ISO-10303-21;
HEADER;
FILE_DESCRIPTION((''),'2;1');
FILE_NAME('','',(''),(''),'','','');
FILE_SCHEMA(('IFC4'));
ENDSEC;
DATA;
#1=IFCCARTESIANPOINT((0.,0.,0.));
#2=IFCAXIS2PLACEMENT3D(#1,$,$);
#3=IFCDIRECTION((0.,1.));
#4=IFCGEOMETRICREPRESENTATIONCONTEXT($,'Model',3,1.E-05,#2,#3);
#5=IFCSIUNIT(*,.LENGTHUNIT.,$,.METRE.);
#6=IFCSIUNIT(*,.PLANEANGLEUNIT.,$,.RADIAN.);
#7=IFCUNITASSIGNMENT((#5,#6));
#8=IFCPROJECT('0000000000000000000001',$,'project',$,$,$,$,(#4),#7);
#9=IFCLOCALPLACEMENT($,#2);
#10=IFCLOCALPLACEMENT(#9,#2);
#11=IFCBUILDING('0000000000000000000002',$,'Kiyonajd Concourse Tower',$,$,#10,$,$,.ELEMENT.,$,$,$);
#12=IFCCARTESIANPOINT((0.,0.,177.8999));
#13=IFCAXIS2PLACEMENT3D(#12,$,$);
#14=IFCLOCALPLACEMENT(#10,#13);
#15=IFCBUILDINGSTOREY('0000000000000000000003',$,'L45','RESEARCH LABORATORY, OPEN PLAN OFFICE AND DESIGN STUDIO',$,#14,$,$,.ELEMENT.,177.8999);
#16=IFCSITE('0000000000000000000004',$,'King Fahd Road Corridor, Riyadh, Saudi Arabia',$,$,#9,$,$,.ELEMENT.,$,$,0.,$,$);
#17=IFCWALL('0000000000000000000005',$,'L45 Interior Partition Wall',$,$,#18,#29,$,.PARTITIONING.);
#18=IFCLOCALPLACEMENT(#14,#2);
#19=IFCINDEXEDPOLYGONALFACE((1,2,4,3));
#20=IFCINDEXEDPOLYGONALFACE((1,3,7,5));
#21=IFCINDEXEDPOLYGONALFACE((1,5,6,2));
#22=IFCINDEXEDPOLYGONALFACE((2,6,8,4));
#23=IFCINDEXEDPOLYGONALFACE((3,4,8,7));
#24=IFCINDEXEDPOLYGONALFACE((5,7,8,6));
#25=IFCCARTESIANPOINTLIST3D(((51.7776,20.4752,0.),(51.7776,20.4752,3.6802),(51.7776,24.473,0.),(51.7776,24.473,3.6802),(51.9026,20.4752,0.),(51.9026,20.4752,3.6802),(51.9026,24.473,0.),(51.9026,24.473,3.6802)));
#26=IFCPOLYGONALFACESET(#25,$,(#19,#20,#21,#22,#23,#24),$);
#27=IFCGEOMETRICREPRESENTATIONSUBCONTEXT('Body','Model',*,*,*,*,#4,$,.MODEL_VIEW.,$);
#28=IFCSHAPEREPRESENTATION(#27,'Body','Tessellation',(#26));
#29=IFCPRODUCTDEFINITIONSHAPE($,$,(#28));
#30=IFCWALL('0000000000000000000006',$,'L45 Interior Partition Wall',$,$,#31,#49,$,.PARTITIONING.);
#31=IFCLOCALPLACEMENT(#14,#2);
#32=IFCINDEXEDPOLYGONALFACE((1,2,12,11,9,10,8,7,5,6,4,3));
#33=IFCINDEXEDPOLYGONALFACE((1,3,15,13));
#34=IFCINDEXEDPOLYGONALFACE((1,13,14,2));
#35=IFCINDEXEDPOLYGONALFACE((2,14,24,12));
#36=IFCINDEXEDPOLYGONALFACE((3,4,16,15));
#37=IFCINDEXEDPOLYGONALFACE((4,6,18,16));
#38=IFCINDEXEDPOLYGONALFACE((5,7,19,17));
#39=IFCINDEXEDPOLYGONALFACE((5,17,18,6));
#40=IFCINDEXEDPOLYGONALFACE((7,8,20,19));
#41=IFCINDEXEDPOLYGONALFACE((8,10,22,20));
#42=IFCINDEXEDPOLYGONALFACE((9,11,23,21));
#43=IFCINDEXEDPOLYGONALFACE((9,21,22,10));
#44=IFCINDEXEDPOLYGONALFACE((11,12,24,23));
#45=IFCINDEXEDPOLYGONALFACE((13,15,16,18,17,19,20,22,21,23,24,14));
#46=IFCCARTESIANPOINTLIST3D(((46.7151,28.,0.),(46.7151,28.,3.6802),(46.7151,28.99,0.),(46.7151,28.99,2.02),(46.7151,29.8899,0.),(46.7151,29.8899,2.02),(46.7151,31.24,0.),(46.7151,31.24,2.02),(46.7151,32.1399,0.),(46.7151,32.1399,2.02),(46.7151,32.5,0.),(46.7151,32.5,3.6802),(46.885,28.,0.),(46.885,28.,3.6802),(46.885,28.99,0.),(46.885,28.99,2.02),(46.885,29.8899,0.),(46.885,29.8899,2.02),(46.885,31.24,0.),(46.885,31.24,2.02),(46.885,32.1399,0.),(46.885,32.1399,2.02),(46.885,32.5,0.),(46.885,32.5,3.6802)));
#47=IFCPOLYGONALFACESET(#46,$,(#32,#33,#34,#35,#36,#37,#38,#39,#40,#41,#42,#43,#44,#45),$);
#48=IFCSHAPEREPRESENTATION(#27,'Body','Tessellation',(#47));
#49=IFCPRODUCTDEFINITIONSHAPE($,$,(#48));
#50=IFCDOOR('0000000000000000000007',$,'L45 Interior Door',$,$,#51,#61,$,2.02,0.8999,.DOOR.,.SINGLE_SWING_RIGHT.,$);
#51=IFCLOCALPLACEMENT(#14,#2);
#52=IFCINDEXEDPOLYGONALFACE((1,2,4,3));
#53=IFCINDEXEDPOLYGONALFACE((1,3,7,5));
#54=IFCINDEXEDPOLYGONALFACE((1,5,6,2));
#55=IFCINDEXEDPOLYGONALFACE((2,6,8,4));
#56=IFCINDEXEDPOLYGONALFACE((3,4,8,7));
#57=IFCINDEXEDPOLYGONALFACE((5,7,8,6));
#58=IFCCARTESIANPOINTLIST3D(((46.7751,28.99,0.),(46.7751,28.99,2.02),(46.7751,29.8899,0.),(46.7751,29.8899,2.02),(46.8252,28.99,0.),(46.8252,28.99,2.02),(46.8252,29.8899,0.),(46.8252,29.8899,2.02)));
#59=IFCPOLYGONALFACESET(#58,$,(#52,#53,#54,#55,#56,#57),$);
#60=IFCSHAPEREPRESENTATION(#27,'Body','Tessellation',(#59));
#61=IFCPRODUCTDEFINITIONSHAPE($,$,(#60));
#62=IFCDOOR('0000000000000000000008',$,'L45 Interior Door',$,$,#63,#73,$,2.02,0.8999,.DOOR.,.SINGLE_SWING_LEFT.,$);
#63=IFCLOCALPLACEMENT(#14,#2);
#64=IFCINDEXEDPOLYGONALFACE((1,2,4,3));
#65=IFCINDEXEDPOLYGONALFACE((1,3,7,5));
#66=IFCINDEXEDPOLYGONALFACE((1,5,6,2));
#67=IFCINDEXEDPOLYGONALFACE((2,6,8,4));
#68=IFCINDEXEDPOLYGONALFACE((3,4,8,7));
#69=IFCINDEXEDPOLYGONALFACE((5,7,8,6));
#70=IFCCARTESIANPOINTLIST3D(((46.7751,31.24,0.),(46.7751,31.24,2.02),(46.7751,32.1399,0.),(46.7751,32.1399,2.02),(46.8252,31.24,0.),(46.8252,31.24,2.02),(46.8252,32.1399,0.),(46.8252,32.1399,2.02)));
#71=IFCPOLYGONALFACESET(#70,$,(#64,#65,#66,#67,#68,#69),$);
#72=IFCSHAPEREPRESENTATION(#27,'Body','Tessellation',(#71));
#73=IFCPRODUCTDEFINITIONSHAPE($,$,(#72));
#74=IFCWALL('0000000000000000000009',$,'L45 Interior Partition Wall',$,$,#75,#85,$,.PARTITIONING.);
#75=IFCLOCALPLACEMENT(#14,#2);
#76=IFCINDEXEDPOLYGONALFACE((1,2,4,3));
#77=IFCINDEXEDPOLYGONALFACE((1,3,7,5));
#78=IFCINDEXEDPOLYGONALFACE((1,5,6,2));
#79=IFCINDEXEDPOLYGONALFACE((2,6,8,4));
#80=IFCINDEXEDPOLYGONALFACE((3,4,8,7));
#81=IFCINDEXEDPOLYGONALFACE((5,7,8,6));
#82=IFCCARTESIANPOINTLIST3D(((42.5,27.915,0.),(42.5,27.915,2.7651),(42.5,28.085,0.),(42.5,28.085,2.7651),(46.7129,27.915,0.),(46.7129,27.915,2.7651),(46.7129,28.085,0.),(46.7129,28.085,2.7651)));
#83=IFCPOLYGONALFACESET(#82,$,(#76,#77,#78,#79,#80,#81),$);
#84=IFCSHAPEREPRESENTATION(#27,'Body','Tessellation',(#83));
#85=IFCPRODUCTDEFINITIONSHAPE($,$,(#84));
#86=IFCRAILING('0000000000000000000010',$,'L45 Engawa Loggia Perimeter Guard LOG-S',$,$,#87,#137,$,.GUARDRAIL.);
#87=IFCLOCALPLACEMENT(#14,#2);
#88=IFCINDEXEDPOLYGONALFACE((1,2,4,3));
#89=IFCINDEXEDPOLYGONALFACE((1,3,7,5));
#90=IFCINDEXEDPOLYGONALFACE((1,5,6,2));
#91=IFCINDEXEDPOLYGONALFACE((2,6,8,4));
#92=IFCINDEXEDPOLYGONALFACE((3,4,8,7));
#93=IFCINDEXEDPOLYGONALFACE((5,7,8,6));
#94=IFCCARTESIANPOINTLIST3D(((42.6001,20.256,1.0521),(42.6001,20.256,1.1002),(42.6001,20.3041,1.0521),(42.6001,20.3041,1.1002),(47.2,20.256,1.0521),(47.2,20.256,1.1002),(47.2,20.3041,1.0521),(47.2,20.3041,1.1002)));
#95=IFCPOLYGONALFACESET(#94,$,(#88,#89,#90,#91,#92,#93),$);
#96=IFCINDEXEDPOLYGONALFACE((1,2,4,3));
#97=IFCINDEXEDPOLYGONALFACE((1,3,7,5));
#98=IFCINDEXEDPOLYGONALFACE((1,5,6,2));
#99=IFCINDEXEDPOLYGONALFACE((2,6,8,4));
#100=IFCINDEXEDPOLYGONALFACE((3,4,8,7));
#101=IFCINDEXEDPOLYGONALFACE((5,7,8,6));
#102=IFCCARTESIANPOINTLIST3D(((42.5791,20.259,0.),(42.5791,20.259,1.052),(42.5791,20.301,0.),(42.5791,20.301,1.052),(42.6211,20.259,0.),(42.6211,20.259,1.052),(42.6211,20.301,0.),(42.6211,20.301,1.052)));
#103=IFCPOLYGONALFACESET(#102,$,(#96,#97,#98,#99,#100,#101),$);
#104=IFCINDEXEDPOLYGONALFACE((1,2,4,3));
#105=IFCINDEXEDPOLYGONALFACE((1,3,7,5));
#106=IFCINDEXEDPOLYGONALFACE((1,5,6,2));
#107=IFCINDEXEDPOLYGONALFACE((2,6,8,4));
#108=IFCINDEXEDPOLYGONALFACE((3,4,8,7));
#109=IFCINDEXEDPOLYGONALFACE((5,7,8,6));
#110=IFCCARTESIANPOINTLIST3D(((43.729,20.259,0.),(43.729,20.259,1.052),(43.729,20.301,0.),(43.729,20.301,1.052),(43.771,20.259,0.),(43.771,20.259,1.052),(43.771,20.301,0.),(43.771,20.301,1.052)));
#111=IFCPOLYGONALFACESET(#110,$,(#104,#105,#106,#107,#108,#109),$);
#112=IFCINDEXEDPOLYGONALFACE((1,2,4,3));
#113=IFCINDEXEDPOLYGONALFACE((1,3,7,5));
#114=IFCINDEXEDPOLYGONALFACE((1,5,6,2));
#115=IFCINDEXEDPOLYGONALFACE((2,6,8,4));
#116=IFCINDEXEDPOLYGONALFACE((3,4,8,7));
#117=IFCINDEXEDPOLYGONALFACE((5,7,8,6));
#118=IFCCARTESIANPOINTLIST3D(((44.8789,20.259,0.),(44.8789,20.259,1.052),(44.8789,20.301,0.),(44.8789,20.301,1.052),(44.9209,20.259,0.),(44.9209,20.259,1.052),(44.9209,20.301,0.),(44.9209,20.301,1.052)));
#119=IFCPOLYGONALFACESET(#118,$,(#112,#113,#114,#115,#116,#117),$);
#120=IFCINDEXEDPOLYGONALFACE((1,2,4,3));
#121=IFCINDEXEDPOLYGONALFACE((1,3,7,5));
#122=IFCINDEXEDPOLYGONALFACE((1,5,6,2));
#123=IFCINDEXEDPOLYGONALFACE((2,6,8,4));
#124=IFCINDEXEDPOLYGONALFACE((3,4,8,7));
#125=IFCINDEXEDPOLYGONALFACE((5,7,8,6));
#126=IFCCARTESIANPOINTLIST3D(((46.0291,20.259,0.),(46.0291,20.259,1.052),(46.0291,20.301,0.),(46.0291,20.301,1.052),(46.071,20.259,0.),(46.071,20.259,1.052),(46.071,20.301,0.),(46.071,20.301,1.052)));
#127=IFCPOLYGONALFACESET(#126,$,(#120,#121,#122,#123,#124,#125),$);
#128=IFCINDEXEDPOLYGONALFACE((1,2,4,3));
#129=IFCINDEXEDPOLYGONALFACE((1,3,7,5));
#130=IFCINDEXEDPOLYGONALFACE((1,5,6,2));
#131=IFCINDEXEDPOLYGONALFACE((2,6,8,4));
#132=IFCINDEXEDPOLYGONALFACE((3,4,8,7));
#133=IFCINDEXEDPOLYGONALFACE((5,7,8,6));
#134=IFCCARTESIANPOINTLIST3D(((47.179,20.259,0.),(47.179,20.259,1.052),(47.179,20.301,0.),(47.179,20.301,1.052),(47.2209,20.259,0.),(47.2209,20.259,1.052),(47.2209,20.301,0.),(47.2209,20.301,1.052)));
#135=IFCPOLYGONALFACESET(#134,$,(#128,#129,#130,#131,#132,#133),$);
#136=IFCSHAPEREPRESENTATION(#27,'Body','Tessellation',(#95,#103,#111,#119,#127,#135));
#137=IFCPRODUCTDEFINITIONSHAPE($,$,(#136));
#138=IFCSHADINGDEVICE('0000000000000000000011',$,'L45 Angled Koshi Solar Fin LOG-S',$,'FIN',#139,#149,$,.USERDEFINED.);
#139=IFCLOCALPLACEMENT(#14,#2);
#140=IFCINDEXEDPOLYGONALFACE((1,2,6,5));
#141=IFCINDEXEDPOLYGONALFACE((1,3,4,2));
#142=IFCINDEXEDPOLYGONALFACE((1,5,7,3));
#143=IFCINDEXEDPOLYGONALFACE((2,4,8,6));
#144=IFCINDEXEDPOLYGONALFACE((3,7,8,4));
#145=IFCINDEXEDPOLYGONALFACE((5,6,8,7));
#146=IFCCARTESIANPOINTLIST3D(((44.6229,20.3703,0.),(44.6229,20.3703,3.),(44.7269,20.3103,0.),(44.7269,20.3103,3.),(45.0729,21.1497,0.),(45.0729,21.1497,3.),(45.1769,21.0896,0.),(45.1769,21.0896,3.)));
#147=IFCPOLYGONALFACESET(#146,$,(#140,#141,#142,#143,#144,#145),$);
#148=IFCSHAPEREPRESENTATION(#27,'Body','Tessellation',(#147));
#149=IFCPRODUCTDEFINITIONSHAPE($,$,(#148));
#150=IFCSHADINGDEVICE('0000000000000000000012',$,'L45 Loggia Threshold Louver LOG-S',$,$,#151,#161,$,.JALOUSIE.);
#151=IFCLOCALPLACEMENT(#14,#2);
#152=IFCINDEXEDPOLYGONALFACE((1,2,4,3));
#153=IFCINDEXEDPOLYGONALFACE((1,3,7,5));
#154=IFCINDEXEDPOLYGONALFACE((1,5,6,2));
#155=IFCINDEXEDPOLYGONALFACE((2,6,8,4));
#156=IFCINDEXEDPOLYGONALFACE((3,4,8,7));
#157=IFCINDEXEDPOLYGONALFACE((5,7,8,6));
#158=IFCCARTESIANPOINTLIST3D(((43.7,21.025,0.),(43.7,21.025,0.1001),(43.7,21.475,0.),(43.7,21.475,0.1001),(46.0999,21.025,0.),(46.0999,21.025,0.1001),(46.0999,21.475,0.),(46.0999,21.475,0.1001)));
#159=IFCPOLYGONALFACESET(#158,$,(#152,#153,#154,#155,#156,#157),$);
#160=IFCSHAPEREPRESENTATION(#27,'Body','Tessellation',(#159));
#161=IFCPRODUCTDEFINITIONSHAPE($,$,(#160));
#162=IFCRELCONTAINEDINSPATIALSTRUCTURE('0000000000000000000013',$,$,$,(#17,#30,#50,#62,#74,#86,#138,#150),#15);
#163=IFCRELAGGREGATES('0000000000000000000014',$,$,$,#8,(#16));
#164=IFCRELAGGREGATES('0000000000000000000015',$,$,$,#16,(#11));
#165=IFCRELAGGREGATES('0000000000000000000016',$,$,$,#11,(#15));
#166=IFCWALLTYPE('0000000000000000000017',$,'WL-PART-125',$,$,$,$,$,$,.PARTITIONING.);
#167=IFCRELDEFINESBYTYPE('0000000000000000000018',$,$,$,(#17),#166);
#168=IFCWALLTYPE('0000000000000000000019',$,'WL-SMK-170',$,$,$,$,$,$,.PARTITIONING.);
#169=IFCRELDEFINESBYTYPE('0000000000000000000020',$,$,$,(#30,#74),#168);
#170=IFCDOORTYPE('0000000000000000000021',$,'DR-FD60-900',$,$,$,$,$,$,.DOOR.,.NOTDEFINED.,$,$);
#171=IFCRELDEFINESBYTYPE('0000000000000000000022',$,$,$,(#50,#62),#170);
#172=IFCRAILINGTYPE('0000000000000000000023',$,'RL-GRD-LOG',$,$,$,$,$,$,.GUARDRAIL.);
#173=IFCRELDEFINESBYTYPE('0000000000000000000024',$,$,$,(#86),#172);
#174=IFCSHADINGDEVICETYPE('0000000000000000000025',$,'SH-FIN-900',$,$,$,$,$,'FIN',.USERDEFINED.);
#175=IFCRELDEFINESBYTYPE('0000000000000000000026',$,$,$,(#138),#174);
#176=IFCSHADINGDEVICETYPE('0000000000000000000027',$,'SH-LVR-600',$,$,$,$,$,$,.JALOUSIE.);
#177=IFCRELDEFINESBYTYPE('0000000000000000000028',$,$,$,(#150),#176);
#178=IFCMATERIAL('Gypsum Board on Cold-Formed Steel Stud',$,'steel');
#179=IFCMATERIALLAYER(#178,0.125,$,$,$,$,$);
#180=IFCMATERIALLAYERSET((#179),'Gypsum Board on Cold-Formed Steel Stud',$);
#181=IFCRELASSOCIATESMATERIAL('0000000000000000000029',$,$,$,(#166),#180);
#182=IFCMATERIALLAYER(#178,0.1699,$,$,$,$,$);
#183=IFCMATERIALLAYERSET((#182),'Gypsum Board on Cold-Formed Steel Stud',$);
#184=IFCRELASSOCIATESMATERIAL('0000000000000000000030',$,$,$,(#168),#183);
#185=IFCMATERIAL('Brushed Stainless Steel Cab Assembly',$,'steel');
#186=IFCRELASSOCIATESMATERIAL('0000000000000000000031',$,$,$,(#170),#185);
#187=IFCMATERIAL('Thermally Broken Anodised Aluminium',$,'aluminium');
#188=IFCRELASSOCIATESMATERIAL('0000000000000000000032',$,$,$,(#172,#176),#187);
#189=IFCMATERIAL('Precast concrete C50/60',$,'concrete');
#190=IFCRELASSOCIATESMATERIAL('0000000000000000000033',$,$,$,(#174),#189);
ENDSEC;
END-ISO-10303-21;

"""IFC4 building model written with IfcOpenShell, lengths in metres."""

from ifc_helpers import new_model, si_unit, direction, frame, frame_2d, origin, origin_2d, place, context, subcontext, project, spatial, rectangle, extrude, material, layer, layer_set, type_object, element, fill, save


model = new_model("IFC4")

# Units and contexts
model_context = context("Model", 3, precision=1e-05, world=origin(), true_north=direction((0.0, 1.0)))
body_context = subcontext(model_context, "Body", "Model", "MODEL_VIEW")
ifc_project = project(units=[si_unit("LENGTHUNIT", "METRE"), si_unit("PLANEANGLEUNIT", "RADIAN")], contexts=[model_context])

# Site, building, storey
site_placement = place(None, origin())
site = spatial("IfcSite", under=ifc_project, at=site_placement, Name="King Fahd Road Corridor, Riyadh, Saudi Arabia", CompositionType="ELEMENT", RefElevation=0.0)
building_placement = place(site_placement, origin())
building = spatial("IfcBuilding", under=site, at=building_placement, Name="Kiyonajd Concourse Tower", CompositionType="ELEMENT")
storey_placement = place(building_placement, frame((0.0, 0.0, 177.8999)))
storey = spatial("IfcBuildingStorey", under=building, at=storey_placement, Name="L45", Description="RESEARCH LABORATORY, OPEN PLAN OFFICE AND DESIGN STUDIO", CompositionType="ELEMENT", Elevation=177.8999)

# Shared definitions
ifc_material_1 = material(Name="Thermally Broken Anodised Aluminium", Category="aluminium")

# Shared definitions
ifc_material_2 = material(Name="Precast concrete C50/60", Category="concrete")

# Shared definitions
ifc_material_3 = material(Name="Gypsum Board on Cold-Formed Steel Stud", Category="steel")
ifc_layer_1 = layer(ifc_material_3, 0.125)
ifc_layer_set_1 = layer_set([ifc_layer_1], Name="Gypsum Board on Cold-Formed Steel Stud")
wall_type_1 = type_object("IfcWallType", Name="WL-PART-125", PredefinedType="PARTITIONING", material=ifc_layer_set_1)

# Wall
wall_1_placement = place(storey_placement, frame((51.8401, 20.4751, 0.0), z_axis=(0.0, 0.0, 1.0), x_axis=(0.0, 1.0, 0.0)))
element("IfcWall", 1, at=wall_1_placement, inside=storey, type_object=wall_type_1, Name="L45 Interior Partition Wall", PredefinedType="PARTITIONING", context=body_context, shape_type="SweptSolid", body=[
    extrude(rectangle(XDim=3.9978, YDim=0.125, at=frame_2d((1.999, 0.0))), origin(), (0.0, 0.0, 1.0), 3.6802),
])

# Wall, openings, doors
ifc_layer_2 = layer(ifc_material_3, 0.1699)
ifc_layer_set_2 = layer_set([ifc_layer_2], Name="Gypsum Board on Cold-Formed Steel Stud")
wall_type_2 = type_object("IfcWallType", Name="WL-SMK-170", PredefinedType="PARTITIONING", material=ifc_layer_set_2)
wall_2_placement = place(storey_placement, frame((46.8, 28.0, 0.0), z_axis=(0.0, 0.0, 1.0), x_axis=(0.0, 1.0, 0.0)))
wall_2 = element("IfcWall", 2, at=wall_2_placement, inside=storey, type_object=wall_type_2, Name="L45 Interior Partition Wall", PredefinedType="PARTITIONING", context=body_context, shape_type="SweptSolid", body=[
    extrude(rectangle(XDim=4.5, YDim=0.1699, at=frame_2d((2.25, 0.0))), origin(), (0.0, 0.0, 1.0), 3.6802),
])
opening_1_placement = place(wall_2_placement, frame((0.99, 0.0, 0.0)))
opening_1 = element("IfcOpeningElement", 3, at=opening_1_placement, cuts=wall_2, PredefinedType="OPENING", context=body_context, shape_type="SweptSolid", body=[
    extrude(rectangle(XDim=0.8999, YDim=2.02, at=frame_2d((0.45, 1.01))), frame((0.0, 0.095, 0.0), z_axis=(0.0, -1.0, 0.0), x_axis=(1.0, 0.0, 0.0)), (0.0, 0.0, 1.0), 0.1899),
])
opening_2_placement = place(wall_2_placement, frame((3.24, 0.0, 0.0)))
opening_2 = element("IfcOpeningElement", 4, at=opening_2_placement, cuts=wall_2, PredefinedType="OPENING", context=body_context, shape_type="SweptSolid", body=[
    extrude(rectangle(XDim=0.8999, YDim=2.02, at=frame_2d((0.45, 1.01))), frame((0.0, 0.095, 0.0), z_axis=(0.0, -1.0, 0.0), x_axis=(1.0, 0.0, 0.0)), (0.0, 0.0, 1.0), 0.1899),
])
ifc_material_4 = material(Name="Brushed Stainless Steel Cab Assembly", Category="steel")
door_type_1 = type_object("IfcDoorType", Name="DR-FD60-900", OperationType="NOTDEFINED", PredefinedType="DOOR", material=ifc_material_4)
door_1_placement = place(opening_1_placement, origin())
door_1 = element("IfcDoor", 5, at=door_1_placement, inside=storey, type_object=door_type_1, Name="L45 Interior Door", OperationType="SINGLE_SWING_RIGHT", OverallHeight=2.02, OverallWidth=0.8999, PredefinedType="DOOR", context=body_context, shape_type="SweptSolid", body=[
    extrude(rectangle(XDim=0.8999, YDim=2.02, at=frame_2d((0.45, 1.01))), frame((0.0, 0.0249, 0.0), z_axis=(0.0, -1.0, 0.0), x_axis=(1.0, 0.0, 0.0)), (0.0, 0.0, 1.0), 0.05),
])
fill(opening_1, door_1)
door_2_placement = place(opening_2_placement, origin())
door_2 = element("IfcDoor", 6, at=door_2_placement, inside=storey, type_object=door_type_1, Name="L45 Interior Door", OperationType="SINGLE_SWING_LEFT", OverallHeight=2.02, OverallWidth=0.8999, PredefinedType="DOOR", context=body_context, shape_type="SweptSolid", body=[
    extrude(rectangle(XDim=0.8999, YDim=2.02, at=frame_2d((0.45, 1.01))), frame((0.0, 0.0249, 0.0), z_axis=(0.0, -1.0, 0.0), x_axis=(1.0, 0.0, 0.0)), (0.0, 0.0, 1.0), 0.05),
])
fill(opening_2, door_2)

# Wall
wall_3_placement = place(storey_placement, frame((42.5, 28.0, 0.0), z_axis=(0.0, 0.0, 1.0), x_axis=(1.0, 0.0, 0.0)))
element("IfcWall", 7, at=wall_3_placement, inside=storey, type_object=wall_type_2, Name="L45 Interior Partition Wall", PredefinedType="PARTITIONING", context=body_context, shape_type="SweptSolid", body=[
    extrude(rectangle(XDim=4.2129, YDim=0.1699, at=frame_2d((2.1064, 0.0))), origin(), (0.0, 0.0, 1.0), 2.7651),
])

# Railing
railing_type = type_object("IfcRailingType", Name="RL-GRD-LOG", PredefinedType="GUARDRAIL", material=ifc_material_1)
railing_placement = place(storey_placement, frame((42.6001, 20.28, 0.0)))
element("IfcRailing", 8, at=railing_placement, inside=storey, type_object=railing_type, Name="L45 Engawa Loggia Perimeter Guard LOG-S", PredefinedType="GUARDRAIL", context=body_context, shape_type="SweptSolid", body=[
    extrude(rectangle(XDim=0.0481, YDim=0.0481, at=origin_2d()), frame((0.0, 0.0, 1.0762), z_axis=(1.0, 0.0, 0.0), x_axis=(0.0, 1.0, 0.0)), (0.0, 0.0, 1.0), 4.5999),
    extrude(rectangle(XDim=0.042, YDim=0.042, at=origin_2d()), origin(), (0.0, 0.0, 1.0), 1.052),
    extrude(rectangle(XDim=0.042, YDim=0.042, at=origin_2d()), frame((1.1499, 0.0, 0.0)), (0.0, 0.0, 1.0), 1.052),
    extrude(rectangle(XDim=0.042, YDim=0.042, at=origin_2d()), frame((2.2998, 0.0, 0.0)), (0.0, 0.0, 1.0), 1.052),
    extrude(rectangle(XDim=0.042, YDim=0.042, at=origin_2d()), frame((3.45, 0.0, 0.0)), (0.0, 0.0, 1.0), 1.052),
    extrude(rectangle(XDim=0.042, YDim=0.042, at=origin_2d()), frame((4.5999, 0.0, 0.0)), (0.0, 0.0, 1.0), 1.052),
])

# Shading devices
shading_device_type_1 = type_object("IfcShadingDeviceType", Name="SH-FIN-900", ElementType="FIN", PredefinedType="USERDEFINED", material=ifc_material_2)
shading_device_1_placement = place(storey_placement, frame((44.8999, 20.73, 0.0), z_axis=(0.0, 0.0, 1.0), x_axis=(0.5, 0.866025, 0.0)))
element("IfcShadingDevice", 9, at=shading_device_1_placement, inside=storey, type_object=shading_device_type_1, Name="L45 Angled Koshi Solar Fin LOG-S", ObjectType="FIN", PredefinedType="USERDEFINED", context=body_context, shape_type="SweptSolid", body=[
    extrude(rectangle(XDim=0.8999, YDim=0.1201, at=origin_2d()), origin(), (0.0, 0.0, 1.0), 3.0),
])
shading_device_type_2 = type_object("IfcShadingDeviceType", Name="SH-LVR-600", PredefinedType="JALOUSIE", material=ifc_material_1)
shading_device_2_placement = place(storey_placement, frame((44.8999, 21.25, 0.0), z_axis=(0.0, 0.0, 1.0), x_axis=(1.0, 0.0, 0.0)))
element("IfcShadingDevice", 10, at=shading_device_2_placement, inside=storey, type_object=shading_device_type_2, Name="L45 Loggia Threshold Louver LOG-S", PredefinedType="JALOUSIE", context=body_context, shape_type="SweptSolid", body=[
    extrude(rectangle(XDim=2.3999, YDim=0.45, at=origin_2d()), origin(), (0.0, 0.0, 1.0), 0.1001),
])

save(model, "model.ifc")
